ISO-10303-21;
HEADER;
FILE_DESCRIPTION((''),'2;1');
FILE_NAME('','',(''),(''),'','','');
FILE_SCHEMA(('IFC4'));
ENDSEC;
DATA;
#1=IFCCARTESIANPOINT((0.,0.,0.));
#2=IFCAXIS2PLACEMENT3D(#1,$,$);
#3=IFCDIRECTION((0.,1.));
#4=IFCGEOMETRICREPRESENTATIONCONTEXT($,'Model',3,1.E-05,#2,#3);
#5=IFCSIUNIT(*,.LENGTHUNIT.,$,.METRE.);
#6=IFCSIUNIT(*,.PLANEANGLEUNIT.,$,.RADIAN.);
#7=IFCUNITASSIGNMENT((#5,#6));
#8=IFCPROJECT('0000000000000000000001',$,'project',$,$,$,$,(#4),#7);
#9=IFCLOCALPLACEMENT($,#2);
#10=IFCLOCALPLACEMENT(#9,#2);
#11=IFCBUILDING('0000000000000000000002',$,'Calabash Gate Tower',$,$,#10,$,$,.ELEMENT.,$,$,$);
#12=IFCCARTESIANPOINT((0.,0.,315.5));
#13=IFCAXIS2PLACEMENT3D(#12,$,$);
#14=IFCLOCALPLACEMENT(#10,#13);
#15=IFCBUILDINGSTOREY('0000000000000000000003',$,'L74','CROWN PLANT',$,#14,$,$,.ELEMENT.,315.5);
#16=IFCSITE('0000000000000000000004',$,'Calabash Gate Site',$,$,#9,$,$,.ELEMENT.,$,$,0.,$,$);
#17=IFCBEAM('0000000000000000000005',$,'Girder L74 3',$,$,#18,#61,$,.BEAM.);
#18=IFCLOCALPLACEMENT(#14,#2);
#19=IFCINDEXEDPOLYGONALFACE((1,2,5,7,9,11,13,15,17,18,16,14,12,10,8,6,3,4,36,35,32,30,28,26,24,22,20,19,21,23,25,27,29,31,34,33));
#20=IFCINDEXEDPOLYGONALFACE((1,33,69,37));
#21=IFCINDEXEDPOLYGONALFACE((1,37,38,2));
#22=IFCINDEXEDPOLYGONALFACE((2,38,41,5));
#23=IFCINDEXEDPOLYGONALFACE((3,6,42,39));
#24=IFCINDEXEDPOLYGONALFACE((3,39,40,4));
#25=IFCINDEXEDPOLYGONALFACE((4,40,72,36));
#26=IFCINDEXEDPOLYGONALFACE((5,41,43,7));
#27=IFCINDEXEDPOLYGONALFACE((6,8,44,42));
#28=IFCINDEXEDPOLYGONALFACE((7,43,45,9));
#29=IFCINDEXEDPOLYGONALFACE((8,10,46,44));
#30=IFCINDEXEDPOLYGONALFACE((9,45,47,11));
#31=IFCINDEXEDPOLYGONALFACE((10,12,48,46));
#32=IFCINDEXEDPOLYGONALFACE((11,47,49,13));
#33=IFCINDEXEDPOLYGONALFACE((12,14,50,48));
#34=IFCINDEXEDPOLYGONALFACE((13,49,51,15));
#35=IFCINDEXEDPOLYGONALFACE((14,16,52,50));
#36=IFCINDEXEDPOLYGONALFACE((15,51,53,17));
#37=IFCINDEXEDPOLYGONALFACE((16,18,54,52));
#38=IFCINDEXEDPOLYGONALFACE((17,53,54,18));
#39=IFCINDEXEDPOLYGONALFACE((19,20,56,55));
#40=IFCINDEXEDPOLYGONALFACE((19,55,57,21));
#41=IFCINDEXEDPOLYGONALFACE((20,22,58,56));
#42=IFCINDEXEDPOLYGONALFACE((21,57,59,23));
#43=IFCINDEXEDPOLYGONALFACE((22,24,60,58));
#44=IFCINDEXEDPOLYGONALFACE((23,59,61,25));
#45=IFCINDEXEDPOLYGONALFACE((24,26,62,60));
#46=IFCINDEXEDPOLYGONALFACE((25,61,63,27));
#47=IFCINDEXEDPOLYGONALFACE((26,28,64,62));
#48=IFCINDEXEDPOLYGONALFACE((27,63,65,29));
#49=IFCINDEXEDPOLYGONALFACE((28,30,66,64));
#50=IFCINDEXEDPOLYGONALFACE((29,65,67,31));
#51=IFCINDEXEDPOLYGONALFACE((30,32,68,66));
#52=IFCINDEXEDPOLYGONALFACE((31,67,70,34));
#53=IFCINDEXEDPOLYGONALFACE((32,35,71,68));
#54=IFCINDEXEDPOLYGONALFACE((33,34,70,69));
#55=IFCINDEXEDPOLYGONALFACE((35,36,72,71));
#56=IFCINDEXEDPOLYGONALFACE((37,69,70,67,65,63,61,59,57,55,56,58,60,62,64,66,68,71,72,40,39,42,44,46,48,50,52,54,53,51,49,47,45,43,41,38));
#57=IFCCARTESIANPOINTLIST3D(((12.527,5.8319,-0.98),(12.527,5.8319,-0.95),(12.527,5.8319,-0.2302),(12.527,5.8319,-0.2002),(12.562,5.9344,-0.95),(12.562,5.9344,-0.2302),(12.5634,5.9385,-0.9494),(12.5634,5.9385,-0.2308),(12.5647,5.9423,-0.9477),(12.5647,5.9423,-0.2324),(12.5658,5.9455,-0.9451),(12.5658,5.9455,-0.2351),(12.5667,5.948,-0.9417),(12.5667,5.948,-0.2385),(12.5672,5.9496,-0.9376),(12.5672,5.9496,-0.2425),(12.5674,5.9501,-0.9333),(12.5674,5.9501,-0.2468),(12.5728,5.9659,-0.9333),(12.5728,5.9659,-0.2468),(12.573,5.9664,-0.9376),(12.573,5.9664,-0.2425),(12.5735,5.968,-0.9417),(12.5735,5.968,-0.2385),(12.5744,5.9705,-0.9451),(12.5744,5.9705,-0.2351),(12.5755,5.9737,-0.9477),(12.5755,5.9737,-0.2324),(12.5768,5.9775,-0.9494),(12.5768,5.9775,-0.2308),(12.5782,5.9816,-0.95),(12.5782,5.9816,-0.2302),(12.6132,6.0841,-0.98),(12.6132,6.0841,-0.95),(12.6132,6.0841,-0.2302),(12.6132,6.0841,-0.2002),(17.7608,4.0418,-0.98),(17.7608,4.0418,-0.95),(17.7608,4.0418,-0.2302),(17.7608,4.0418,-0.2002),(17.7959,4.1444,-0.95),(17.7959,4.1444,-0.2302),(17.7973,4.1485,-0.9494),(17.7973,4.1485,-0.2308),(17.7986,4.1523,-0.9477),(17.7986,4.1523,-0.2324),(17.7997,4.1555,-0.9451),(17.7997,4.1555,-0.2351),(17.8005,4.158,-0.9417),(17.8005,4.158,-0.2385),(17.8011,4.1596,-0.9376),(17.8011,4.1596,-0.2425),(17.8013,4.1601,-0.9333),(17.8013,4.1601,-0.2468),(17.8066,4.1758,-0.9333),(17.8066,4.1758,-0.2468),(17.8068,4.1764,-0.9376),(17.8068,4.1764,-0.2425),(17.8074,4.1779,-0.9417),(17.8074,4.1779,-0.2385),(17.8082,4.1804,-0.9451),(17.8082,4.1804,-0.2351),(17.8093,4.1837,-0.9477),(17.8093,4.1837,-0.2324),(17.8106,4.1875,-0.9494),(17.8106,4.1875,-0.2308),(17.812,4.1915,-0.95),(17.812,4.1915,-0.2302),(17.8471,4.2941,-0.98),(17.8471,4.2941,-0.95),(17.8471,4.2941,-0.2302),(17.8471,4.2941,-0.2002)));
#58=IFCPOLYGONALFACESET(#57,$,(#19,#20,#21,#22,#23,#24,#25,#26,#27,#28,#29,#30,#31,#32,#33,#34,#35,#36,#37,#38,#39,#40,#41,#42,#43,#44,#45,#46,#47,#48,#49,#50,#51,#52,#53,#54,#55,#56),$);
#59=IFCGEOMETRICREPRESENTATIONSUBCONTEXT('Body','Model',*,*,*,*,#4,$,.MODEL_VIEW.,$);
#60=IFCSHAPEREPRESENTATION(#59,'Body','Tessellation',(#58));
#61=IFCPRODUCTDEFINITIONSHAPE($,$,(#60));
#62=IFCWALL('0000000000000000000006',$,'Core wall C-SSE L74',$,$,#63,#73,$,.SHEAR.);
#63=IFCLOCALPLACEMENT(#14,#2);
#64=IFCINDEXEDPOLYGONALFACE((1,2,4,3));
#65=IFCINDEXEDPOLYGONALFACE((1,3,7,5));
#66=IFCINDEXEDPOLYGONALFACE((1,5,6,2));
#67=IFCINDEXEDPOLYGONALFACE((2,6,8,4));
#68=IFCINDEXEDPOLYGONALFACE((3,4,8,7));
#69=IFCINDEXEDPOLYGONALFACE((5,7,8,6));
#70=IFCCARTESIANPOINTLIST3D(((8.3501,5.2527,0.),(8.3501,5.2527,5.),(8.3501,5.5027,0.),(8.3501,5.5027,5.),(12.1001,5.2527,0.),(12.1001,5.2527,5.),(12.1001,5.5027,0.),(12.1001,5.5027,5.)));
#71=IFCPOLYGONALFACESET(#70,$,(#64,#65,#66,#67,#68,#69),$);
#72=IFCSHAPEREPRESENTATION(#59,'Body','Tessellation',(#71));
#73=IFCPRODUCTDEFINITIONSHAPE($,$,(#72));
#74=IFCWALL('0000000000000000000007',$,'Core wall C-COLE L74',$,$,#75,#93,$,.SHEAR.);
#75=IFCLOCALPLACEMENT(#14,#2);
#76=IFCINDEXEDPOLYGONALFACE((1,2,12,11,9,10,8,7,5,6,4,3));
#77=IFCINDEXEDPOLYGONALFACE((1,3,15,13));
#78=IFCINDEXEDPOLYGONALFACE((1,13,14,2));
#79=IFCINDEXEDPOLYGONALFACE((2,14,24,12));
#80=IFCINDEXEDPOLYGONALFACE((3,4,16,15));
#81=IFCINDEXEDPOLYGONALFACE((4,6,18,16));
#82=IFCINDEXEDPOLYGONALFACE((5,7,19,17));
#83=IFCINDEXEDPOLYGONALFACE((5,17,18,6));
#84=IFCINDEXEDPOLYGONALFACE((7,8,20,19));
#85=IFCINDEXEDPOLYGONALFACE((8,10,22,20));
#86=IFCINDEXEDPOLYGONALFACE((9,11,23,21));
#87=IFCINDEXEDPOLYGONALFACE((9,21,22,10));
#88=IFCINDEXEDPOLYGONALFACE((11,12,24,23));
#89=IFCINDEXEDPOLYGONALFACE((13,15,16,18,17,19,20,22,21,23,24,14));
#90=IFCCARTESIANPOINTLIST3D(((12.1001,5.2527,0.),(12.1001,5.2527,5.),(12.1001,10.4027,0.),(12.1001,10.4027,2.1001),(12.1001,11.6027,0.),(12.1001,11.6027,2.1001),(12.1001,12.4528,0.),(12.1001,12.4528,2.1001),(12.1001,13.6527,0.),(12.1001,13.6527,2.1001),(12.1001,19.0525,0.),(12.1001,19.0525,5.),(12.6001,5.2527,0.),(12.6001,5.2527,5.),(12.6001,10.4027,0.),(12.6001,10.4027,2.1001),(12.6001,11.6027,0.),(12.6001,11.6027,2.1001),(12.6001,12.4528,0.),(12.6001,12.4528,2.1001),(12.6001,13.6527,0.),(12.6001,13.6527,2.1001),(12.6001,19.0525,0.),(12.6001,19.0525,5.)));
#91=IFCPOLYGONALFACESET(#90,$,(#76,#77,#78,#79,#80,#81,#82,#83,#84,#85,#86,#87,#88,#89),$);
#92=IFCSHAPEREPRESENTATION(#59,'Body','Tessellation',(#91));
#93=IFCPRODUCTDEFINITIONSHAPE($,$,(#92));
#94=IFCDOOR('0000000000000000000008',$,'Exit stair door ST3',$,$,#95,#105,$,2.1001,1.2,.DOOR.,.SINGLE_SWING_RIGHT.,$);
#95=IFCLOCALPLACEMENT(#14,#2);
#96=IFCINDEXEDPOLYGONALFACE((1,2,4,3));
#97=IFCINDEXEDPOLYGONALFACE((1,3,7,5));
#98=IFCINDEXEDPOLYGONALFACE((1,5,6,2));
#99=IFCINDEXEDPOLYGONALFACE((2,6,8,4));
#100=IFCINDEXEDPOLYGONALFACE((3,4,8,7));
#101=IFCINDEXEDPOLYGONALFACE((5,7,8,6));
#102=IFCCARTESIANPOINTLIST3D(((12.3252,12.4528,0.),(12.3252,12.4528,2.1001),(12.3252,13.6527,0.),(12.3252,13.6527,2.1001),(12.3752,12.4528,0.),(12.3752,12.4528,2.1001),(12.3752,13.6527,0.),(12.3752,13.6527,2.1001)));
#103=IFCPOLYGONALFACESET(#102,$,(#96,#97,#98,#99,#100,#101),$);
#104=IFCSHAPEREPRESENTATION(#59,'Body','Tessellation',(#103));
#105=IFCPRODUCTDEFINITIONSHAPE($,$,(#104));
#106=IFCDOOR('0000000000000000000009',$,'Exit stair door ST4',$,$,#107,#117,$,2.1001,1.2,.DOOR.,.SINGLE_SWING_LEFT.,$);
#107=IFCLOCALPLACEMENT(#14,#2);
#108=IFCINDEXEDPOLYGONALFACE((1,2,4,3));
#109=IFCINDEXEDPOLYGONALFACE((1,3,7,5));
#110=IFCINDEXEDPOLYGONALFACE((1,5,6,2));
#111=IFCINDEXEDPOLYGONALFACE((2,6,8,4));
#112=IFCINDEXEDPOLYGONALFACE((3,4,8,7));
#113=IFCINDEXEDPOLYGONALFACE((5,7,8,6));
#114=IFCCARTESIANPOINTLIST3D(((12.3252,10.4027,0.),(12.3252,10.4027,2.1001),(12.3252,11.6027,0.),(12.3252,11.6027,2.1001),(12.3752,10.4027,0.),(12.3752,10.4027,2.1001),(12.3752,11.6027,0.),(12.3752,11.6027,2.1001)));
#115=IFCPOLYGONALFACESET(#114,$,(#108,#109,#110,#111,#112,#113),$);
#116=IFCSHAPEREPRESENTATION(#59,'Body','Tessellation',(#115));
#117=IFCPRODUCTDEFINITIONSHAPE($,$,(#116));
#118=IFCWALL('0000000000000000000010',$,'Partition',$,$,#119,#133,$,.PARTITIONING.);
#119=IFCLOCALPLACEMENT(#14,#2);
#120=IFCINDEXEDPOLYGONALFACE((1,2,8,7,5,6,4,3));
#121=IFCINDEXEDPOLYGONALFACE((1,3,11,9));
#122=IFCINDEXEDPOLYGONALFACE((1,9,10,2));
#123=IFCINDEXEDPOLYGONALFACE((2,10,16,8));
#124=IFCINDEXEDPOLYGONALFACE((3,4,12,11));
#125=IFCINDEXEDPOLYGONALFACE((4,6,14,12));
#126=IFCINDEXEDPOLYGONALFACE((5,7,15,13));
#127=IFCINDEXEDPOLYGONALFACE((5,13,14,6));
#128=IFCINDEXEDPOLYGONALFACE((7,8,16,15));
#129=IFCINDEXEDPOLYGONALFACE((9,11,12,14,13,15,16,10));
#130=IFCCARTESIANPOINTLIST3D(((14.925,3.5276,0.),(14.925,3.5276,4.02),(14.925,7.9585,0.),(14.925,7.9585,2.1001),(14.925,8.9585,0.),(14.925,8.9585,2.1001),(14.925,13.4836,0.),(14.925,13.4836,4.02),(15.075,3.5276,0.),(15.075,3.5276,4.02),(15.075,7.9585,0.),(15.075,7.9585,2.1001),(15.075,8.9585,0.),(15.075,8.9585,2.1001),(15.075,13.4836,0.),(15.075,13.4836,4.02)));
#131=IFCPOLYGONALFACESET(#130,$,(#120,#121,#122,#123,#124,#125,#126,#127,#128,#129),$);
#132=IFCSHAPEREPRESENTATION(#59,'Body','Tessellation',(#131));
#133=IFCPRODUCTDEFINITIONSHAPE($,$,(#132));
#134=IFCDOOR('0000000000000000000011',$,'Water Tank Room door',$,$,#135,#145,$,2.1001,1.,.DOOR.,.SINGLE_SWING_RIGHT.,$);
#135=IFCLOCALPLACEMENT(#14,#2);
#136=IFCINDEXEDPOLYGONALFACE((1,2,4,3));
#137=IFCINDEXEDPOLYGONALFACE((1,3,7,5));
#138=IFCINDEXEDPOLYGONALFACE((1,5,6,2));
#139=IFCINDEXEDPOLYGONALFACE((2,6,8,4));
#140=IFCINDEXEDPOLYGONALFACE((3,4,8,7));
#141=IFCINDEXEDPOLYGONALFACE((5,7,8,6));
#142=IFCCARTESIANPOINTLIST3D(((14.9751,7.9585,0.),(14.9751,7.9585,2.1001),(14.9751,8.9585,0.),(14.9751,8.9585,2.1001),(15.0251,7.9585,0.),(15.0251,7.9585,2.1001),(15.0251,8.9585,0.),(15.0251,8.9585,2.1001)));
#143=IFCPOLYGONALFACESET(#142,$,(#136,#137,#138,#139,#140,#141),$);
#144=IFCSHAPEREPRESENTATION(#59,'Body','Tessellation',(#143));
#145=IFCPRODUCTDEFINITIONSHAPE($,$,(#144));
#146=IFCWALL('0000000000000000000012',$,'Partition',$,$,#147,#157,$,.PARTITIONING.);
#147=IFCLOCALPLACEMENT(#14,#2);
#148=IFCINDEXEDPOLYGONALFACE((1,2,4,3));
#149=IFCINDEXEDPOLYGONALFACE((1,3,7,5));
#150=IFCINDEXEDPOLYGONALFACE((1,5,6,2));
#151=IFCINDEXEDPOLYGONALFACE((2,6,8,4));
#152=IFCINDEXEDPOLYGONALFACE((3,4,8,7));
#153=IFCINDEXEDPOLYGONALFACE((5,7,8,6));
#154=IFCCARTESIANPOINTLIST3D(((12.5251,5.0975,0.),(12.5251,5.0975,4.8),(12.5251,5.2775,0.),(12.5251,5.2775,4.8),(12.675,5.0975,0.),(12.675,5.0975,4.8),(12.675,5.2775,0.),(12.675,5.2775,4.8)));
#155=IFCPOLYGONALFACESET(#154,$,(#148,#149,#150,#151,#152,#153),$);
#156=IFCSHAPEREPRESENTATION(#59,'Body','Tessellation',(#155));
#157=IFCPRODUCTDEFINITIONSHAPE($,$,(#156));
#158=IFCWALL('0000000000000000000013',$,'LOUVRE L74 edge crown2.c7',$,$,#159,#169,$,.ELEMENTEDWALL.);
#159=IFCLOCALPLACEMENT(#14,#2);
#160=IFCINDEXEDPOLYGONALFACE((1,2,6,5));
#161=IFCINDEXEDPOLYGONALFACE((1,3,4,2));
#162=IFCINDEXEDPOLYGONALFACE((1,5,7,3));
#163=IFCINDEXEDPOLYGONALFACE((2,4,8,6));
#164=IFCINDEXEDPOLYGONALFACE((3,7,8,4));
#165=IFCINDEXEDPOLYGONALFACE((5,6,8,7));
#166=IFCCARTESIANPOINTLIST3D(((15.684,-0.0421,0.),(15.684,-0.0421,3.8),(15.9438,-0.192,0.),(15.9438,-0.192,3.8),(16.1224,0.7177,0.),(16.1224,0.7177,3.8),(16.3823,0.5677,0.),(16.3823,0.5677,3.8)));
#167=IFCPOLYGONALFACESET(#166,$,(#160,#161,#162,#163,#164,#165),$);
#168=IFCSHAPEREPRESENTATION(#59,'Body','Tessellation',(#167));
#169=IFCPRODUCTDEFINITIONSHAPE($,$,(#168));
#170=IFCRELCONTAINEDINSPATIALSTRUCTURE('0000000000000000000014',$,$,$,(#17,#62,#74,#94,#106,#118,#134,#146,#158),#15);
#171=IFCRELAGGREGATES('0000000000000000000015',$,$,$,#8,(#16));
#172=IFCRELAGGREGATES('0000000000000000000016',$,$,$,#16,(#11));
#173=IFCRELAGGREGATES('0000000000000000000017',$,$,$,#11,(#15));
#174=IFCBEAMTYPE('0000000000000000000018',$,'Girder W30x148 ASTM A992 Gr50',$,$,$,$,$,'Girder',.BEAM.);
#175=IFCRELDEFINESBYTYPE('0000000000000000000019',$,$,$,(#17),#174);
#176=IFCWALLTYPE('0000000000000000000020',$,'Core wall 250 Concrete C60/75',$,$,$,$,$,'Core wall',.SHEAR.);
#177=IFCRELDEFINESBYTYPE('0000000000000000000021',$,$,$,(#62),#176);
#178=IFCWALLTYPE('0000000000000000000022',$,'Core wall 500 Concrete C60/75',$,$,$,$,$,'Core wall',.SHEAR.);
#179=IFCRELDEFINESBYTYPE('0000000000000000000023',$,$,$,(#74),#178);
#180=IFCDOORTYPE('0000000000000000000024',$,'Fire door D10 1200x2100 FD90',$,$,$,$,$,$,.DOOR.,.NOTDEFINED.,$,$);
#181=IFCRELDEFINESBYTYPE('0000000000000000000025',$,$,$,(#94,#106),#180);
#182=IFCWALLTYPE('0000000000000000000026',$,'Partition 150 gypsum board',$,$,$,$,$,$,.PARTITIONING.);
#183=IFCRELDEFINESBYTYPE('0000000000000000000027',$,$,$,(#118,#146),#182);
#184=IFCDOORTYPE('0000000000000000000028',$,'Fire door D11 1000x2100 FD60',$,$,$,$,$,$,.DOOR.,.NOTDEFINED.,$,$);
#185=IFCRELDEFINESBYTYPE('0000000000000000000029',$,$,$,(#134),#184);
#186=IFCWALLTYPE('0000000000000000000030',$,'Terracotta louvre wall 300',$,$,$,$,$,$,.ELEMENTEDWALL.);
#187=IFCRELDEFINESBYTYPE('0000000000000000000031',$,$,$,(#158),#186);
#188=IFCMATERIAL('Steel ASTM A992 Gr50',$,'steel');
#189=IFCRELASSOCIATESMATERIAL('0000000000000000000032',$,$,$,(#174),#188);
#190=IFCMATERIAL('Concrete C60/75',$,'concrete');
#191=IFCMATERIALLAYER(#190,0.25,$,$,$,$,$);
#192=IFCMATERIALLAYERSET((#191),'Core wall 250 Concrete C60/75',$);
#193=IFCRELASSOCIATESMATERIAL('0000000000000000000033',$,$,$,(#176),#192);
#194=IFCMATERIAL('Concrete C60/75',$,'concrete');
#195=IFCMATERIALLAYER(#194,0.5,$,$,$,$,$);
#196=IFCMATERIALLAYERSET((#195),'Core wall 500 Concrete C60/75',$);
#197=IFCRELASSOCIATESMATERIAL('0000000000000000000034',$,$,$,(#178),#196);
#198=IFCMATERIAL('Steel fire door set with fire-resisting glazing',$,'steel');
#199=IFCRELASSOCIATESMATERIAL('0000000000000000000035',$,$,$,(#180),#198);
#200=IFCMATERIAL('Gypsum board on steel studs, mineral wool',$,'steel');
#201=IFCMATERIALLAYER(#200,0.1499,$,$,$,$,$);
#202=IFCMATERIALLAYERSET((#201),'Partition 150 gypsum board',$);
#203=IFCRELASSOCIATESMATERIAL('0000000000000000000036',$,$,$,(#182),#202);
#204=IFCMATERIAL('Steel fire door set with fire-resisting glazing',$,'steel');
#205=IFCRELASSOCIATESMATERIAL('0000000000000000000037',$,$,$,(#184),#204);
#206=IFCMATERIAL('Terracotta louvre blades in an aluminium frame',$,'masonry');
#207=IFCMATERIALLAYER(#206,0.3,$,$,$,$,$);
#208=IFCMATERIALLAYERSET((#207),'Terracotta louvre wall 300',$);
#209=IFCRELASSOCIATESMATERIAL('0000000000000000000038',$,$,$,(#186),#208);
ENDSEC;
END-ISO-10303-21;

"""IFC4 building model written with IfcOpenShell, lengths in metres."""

from ifc_helpers import new_model, si_unit, direction, frame, frame_2d, origin, origin_2d, place, context, subcontext, project, spatial, rectangle, i_section, extrude, material, layer, layer_set, material_profile, profile_set, type_object, element, fill, save


model = new_model("IFC4")

# Units and contexts
model_context = context("Model", 3, precision=1e-05, world=origin(), true_north=direction((0.0, 1.0)))
body_context = subcontext(model_context, "Body", "Model", "MODEL_VIEW")
ifc_project = project(units=[si_unit("LENGTHUNIT", "METRE"), si_unit("PLANEANGLEUNIT", "RADIAN")], contexts=[model_context])

# Site, building, storey
site_placement = place(None, origin())
site = spatial("IfcSite", under=ifc_project, at=site_placement, Name="Calabash Gate Site", CompositionType="ELEMENT", RefElevation=0.0)
building_placement = place(site_placement, origin())
building = spatial("IfcBuilding", under=site, at=building_placement, Name="Calabash Gate Tower", CompositionType="ELEMENT")
storey_placement = place(building_placement, frame((0.0, 0.0, 315.5)))
storey = spatial("IfcBuildingStorey", under=building, at=storey_placement, Name="L74", Description="CROWN PLANT", CompositionType="ELEMENT", Elevation=315.5)

# Beam
ifc_material_1 = material(Name="Steel ASTM A992 Gr50", Category="steel")
ifc_material_profile_1 = material_profile(ifc_material_1, i_section(OverallWidth=0.2666, OverallDepth=0.7798, WebThickness=0.0166, FlangeThickness=0.03, FilletRadius=0.0166, at=origin_2d()))
ifc_profile_set_1 = profile_set([ifc_material_profile_1], Name="Steel ASTM A992 Gr50")
beam_type_1 = type_object("IfcBeamType", Name="Girder W30x148 ASTM A992 Gr50", ElementType="Girder", PredefinedType="BEAM", material=ifc_profile_set_1)
beam_1_placement = place(storey_placement, frame((17.804, 4.168, -0.5901), z_axis=(-0.946192, 0.323607, 0.0), x_axis=(-0.323607, -0.946192, 0.0)))
element("IfcBeam", 1, at=beam_1_placement, inside=storey, type_object=beam_type_1, Name="Girder L74 3", PredefinedType="BEAM", context=body_context, shape_type="SweptSolid", body=[
    extrude(i_section(OverallWidth=0.2666, OverallDepth=0.7798, WebThickness=0.0166, FlangeThickness=0.03, FilletRadius=0.0166, at=origin_2d()), origin(), (0.0, 0.0, 1.0), 5.5315),
])

# Wall
ifc_material_2 = material(Name="Concrete C60/75", Category="concrete")
ifc_layer_1 = layer(ifc_material_2, 0.25)
ifc_layer_set_1 = layer_set([ifc_layer_1], Name="Core wall 250 Concrete C60/75")
wall_type_1 = type_object("IfcWallType", Name="Core wall 250 Concrete C60/75", ElementType="Core wall", PredefinedType="SHEAR", material=ifc_layer_set_1)
wall_1_placement = place(storey_placement, frame((8.3501, 5.3777, 0.0), z_axis=(0.0, 0.0, 1.0), x_axis=(1.0, 0.0, 0.0)))
element("IfcWall", 2, at=wall_1_placement, inside=storey, type_object=wall_type_1, Name="Core wall C-SSE L74", PredefinedType="SHEAR", context=body_context, shape_type="SweptSolid", body=[
    extrude(rectangle(XDim=3.75, YDim=0.25, at=frame_2d((1.875, 0.0))), origin(), (0.0, 0.0, 1.0), 5.0),
])

# Wall, openings, doors
ifc_material_3 = material(Name="Concrete C60/75", Category="concrete")
ifc_layer_2 = layer(ifc_material_3, 0.5)
ifc_layer_set_2 = layer_set([ifc_layer_2], Name="Core wall 500 Concrete C60/75")
wall_type_2 = type_object("IfcWallType", Name="Core wall 500 Concrete C60/75", ElementType="Core wall", PredefinedType="SHEAR", material=ifc_layer_set_2)
wall_2_placement = place(storey_placement, frame((12.3501, 5.2527, 0.0), z_axis=(0.0, 0.0, 1.0), x_axis=(0.0, 1.0, 0.0)))
wall_2 = element("IfcWall", 3, at=wall_2_placement, inside=storey, type_object=wall_type_2, Name="Core wall C-COLE L74", PredefinedType="SHEAR", context=body_context, shape_type="SweptSolid", body=[
    extrude(rectangle(XDim=13.7998, YDim=0.5, at=frame_2d((6.8999, 0.0))), origin(), (0.0, 0.0, 1.0), 5.0),
])
opening_1_placement = place(wall_2_placement, frame((7.2, 0.0, 0.0)))
opening_1 = element("IfcOpeningElement", 4, at=opening_1_placement, cuts=wall_2, PredefinedType="OPENING", context=body_context, shape_type="SweptSolid", body=[
    extrude(rectangle(XDim=1.2, YDim=2.1001, at=frame_2d((0.6001, 1.05))), frame((0.0, 0.26, 0.0), z_axis=(0.0, -1.0, 0.0), x_axis=(1.0, 0.0, 0.0)), (0.0, 0.0, 1.0), 0.52),
])
opening_2_placement = place(wall_2_placement, frame((5.1499, 0.0, 0.0)))
opening_2 = element("IfcOpeningElement", 5, at=opening_2_placement, cuts=wall_2, PredefinedType="OPENING", context=body_context, shape_type="SweptSolid", body=[
    extrude(rectangle(XDim=1.2, YDim=2.1001, at=frame_2d((0.6001, 1.05))), frame((0.0, 0.26, 0.0), z_axis=(0.0, -1.0, 0.0), x_axis=(1.0, 0.0, 0.0)), (0.0, 0.0, 1.0), 0.52),
])
ifc_material_4 = material(Name="Steel fire door set with fire-resisting glazing", Category="steel")
door_type_1 = type_object("IfcDoorType", Name="Fire door D10 1200x2100 FD90", OperationType="NOTDEFINED", PredefinedType="DOOR", material=ifc_material_4)
door_1_placement = place(opening_1_placement, origin())
door_1 = element("IfcDoor", 6, at=door_1_placement, inside=storey, type_object=door_type_1, Name="Exit stair door ST3", OperationType="SINGLE_SWING_RIGHT", OverallHeight=2.1001, OverallWidth=1.2, PredefinedType="DOOR", context=body_context, shape_type="SweptSolid", body=[
    extrude(rectangle(XDim=1.2, YDim=2.1001, at=frame_2d((0.6001, 1.05))), frame((0.0, 0.0249, 0.0), z_axis=(0.0, -1.0, 0.0), x_axis=(1.0, 0.0, 0.0)), (0.0, 0.0, 1.0), 0.05),
])
fill(opening_1, door_1)
door_2_placement = place(opening_2_placement, origin())
door_2 = element("IfcDoor", 7, at=door_2_placement, inside=storey, type_object=door_type_1, Name="Exit stair door ST4", OperationType="SINGLE_SWING_LEFT", OverallHeight=2.1001, OverallWidth=1.2, PredefinedType="DOOR", context=body_context, shape_type="SweptSolid", body=[
    extrude(rectangle(XDim=1.2, YDim=2.1001, at=frame_2d((0.6001, 1.05))), frame((0.0, 0.0249, 0.0), z_axis=(0.0, -1.0, 0.0), x_axis=(1.0, 0.0, 0.0)), (0.0, 0.0, 1.0), 0.05),
])
fill(opening_2, door_2)

# Wall, opening, door
ifc_material_5 = material(Name="Gypsum board on steel studs, mineral wool", Category="steel")
ifc_layer_3 = layer(ifc_material_5, 0.1499)
ifc_layer_set_3 = layer_set([ifc_layer_3], Name="Partition 150 gypsum board")
wall_type_3 = type_object("IfcWallType", Name="Partition 150 gypsum board", PredefinedType="PARTITIONING", material=ifc_layer_set_3)
wall_3_placement = place(storey_placement, frame((15.0, 3.5276, 0.0), z_axis=(0.0, 0.0, 1.0), x_axis=(0.0, 1.0, 0.0)))
wall_3 = element("IfcWall", 8, at=wall_3_placement, inside=storey, type_object=wall_type_3, Name="Partition", PredefinedType="PARTITIONING", context=body_context, shape_type="SweptSolid", body=[
    extrude(rectangle(XDim=9.9561, YDim=0.1499, at=frame_2d((4.978, 0.0))), origin(), (0.0, 0.0, 1.0), 4.02),
])
opening_3_placement = place(wall_3_placement, frame((4.4309, 0.0, 0.0)))
opening_3 = element("IfcOpeningElement", 9, at=opening_3_placement, cuts=wall_3, PredefinedType="OPENING", context=body_context, shape_type="SweptSolid", body=[
    extrude(rectangle(XDim=1.0, YDim=2.1001, at=frame_2d((0.5, 1.05))), frame((0.0, 0.085, 0.0), z_axis=(0.0, -1.0, 0.0), x_axis=(1.0, 0.0, 0.0)), (0.0, 0.0, 1.0), 0.1699),
])
ifc_material_6 = material(Name="Steel fire door set with fire-resisting glazing", Category="steel")
door_type_2 = type_object("IfcDoorType", Name="Fire door D11 1000x2100 FD60", OperationType="NOTDEFINED", PredefinedType="DOOR", material=ifc_material_6)
door_3_placement = place(opening_3_placement, origin())
door_3 = element("IfcDoor", 10, at=door_3_placement, inside=storey, type_object=door_type_2, Name="Water Tank Room door", OperationType="SINGLE_SWING_RIGHT", OverallHeight=2.1001, OverallWidth=1.0, PredefinedType="DOOR", context=body_context, shape_type="SweptSolid", body=[
    extrude(rectangle(XDim=1.0, YDim=2.1001, at=frame_2d((0.5, 1.05))), frame((0.0, 0.0249, 0.0), z_axis=(0.0, -1.0, 0.0), x_axis=(1.0, 0.0, 0.0)), (0.0, 0.0, 1.0), 0.05),
])
fill(opening_3, door_3)

# Walls
wall_4_placement = place(storey_placement, frame((12.6001, 5.0977, 0.0), z_axis=(0.0, 0.0, 1.0), x_axis=(0.0, 1.0, 0.0)))
element("IfcWall", 11, at=wall_4_placement, inside=storey, type_object=wall_type_3, Name="Partition", PredefinedType="PARTITIONING", context=body_context, shape_type="SweptSolid", body=[
    extrude(rectangle(XDim=0.1799, YDim=0.1499, at=frame_2d((0.0898, 0.0))), origin(), (0.0, 0.0, 1.0), 4.8),
])
ifc_material_7 = material(Name="Terracotta louvre blades in an aluminium frame", Category="masonry")
ifc_layer_4 = layer(ifc_material_7, 0.3)
ifc_layer_set_4 = layer_set([ifc_layer_4], Name="Terracotta louvre wall 300")
wall_type_4 = type_object("IfcWallType", Name="Terracotta louvre wall 300", PredefinedType="ELEMENTEDWALL", material=ifc_layer_set_4)
wall_5_placement = place(storey_placement, frame((15.814, -0.1169, 0.0), z_axis=(0.0, 0.0, 1.0), x_axis=(0.499851, 0.866111, 0.0)))
element("IfcWall", 12, at=wall_5_placement, inside=storey, type_object=wall_type_4, Name="LOUVRE L74 edge crown2.c7", PredefinedType="ELEMENTEDWALL", context=body_context, shape_type="SweptSolid", body=[
    extrude(rectangle(XDim=0.8772, YDim=0.3, at=frame_2d((0.4385, 0.0))), origin(), (0.0, 0.0, 1.0), 3.8),
])

save(model, "model.ifc")
